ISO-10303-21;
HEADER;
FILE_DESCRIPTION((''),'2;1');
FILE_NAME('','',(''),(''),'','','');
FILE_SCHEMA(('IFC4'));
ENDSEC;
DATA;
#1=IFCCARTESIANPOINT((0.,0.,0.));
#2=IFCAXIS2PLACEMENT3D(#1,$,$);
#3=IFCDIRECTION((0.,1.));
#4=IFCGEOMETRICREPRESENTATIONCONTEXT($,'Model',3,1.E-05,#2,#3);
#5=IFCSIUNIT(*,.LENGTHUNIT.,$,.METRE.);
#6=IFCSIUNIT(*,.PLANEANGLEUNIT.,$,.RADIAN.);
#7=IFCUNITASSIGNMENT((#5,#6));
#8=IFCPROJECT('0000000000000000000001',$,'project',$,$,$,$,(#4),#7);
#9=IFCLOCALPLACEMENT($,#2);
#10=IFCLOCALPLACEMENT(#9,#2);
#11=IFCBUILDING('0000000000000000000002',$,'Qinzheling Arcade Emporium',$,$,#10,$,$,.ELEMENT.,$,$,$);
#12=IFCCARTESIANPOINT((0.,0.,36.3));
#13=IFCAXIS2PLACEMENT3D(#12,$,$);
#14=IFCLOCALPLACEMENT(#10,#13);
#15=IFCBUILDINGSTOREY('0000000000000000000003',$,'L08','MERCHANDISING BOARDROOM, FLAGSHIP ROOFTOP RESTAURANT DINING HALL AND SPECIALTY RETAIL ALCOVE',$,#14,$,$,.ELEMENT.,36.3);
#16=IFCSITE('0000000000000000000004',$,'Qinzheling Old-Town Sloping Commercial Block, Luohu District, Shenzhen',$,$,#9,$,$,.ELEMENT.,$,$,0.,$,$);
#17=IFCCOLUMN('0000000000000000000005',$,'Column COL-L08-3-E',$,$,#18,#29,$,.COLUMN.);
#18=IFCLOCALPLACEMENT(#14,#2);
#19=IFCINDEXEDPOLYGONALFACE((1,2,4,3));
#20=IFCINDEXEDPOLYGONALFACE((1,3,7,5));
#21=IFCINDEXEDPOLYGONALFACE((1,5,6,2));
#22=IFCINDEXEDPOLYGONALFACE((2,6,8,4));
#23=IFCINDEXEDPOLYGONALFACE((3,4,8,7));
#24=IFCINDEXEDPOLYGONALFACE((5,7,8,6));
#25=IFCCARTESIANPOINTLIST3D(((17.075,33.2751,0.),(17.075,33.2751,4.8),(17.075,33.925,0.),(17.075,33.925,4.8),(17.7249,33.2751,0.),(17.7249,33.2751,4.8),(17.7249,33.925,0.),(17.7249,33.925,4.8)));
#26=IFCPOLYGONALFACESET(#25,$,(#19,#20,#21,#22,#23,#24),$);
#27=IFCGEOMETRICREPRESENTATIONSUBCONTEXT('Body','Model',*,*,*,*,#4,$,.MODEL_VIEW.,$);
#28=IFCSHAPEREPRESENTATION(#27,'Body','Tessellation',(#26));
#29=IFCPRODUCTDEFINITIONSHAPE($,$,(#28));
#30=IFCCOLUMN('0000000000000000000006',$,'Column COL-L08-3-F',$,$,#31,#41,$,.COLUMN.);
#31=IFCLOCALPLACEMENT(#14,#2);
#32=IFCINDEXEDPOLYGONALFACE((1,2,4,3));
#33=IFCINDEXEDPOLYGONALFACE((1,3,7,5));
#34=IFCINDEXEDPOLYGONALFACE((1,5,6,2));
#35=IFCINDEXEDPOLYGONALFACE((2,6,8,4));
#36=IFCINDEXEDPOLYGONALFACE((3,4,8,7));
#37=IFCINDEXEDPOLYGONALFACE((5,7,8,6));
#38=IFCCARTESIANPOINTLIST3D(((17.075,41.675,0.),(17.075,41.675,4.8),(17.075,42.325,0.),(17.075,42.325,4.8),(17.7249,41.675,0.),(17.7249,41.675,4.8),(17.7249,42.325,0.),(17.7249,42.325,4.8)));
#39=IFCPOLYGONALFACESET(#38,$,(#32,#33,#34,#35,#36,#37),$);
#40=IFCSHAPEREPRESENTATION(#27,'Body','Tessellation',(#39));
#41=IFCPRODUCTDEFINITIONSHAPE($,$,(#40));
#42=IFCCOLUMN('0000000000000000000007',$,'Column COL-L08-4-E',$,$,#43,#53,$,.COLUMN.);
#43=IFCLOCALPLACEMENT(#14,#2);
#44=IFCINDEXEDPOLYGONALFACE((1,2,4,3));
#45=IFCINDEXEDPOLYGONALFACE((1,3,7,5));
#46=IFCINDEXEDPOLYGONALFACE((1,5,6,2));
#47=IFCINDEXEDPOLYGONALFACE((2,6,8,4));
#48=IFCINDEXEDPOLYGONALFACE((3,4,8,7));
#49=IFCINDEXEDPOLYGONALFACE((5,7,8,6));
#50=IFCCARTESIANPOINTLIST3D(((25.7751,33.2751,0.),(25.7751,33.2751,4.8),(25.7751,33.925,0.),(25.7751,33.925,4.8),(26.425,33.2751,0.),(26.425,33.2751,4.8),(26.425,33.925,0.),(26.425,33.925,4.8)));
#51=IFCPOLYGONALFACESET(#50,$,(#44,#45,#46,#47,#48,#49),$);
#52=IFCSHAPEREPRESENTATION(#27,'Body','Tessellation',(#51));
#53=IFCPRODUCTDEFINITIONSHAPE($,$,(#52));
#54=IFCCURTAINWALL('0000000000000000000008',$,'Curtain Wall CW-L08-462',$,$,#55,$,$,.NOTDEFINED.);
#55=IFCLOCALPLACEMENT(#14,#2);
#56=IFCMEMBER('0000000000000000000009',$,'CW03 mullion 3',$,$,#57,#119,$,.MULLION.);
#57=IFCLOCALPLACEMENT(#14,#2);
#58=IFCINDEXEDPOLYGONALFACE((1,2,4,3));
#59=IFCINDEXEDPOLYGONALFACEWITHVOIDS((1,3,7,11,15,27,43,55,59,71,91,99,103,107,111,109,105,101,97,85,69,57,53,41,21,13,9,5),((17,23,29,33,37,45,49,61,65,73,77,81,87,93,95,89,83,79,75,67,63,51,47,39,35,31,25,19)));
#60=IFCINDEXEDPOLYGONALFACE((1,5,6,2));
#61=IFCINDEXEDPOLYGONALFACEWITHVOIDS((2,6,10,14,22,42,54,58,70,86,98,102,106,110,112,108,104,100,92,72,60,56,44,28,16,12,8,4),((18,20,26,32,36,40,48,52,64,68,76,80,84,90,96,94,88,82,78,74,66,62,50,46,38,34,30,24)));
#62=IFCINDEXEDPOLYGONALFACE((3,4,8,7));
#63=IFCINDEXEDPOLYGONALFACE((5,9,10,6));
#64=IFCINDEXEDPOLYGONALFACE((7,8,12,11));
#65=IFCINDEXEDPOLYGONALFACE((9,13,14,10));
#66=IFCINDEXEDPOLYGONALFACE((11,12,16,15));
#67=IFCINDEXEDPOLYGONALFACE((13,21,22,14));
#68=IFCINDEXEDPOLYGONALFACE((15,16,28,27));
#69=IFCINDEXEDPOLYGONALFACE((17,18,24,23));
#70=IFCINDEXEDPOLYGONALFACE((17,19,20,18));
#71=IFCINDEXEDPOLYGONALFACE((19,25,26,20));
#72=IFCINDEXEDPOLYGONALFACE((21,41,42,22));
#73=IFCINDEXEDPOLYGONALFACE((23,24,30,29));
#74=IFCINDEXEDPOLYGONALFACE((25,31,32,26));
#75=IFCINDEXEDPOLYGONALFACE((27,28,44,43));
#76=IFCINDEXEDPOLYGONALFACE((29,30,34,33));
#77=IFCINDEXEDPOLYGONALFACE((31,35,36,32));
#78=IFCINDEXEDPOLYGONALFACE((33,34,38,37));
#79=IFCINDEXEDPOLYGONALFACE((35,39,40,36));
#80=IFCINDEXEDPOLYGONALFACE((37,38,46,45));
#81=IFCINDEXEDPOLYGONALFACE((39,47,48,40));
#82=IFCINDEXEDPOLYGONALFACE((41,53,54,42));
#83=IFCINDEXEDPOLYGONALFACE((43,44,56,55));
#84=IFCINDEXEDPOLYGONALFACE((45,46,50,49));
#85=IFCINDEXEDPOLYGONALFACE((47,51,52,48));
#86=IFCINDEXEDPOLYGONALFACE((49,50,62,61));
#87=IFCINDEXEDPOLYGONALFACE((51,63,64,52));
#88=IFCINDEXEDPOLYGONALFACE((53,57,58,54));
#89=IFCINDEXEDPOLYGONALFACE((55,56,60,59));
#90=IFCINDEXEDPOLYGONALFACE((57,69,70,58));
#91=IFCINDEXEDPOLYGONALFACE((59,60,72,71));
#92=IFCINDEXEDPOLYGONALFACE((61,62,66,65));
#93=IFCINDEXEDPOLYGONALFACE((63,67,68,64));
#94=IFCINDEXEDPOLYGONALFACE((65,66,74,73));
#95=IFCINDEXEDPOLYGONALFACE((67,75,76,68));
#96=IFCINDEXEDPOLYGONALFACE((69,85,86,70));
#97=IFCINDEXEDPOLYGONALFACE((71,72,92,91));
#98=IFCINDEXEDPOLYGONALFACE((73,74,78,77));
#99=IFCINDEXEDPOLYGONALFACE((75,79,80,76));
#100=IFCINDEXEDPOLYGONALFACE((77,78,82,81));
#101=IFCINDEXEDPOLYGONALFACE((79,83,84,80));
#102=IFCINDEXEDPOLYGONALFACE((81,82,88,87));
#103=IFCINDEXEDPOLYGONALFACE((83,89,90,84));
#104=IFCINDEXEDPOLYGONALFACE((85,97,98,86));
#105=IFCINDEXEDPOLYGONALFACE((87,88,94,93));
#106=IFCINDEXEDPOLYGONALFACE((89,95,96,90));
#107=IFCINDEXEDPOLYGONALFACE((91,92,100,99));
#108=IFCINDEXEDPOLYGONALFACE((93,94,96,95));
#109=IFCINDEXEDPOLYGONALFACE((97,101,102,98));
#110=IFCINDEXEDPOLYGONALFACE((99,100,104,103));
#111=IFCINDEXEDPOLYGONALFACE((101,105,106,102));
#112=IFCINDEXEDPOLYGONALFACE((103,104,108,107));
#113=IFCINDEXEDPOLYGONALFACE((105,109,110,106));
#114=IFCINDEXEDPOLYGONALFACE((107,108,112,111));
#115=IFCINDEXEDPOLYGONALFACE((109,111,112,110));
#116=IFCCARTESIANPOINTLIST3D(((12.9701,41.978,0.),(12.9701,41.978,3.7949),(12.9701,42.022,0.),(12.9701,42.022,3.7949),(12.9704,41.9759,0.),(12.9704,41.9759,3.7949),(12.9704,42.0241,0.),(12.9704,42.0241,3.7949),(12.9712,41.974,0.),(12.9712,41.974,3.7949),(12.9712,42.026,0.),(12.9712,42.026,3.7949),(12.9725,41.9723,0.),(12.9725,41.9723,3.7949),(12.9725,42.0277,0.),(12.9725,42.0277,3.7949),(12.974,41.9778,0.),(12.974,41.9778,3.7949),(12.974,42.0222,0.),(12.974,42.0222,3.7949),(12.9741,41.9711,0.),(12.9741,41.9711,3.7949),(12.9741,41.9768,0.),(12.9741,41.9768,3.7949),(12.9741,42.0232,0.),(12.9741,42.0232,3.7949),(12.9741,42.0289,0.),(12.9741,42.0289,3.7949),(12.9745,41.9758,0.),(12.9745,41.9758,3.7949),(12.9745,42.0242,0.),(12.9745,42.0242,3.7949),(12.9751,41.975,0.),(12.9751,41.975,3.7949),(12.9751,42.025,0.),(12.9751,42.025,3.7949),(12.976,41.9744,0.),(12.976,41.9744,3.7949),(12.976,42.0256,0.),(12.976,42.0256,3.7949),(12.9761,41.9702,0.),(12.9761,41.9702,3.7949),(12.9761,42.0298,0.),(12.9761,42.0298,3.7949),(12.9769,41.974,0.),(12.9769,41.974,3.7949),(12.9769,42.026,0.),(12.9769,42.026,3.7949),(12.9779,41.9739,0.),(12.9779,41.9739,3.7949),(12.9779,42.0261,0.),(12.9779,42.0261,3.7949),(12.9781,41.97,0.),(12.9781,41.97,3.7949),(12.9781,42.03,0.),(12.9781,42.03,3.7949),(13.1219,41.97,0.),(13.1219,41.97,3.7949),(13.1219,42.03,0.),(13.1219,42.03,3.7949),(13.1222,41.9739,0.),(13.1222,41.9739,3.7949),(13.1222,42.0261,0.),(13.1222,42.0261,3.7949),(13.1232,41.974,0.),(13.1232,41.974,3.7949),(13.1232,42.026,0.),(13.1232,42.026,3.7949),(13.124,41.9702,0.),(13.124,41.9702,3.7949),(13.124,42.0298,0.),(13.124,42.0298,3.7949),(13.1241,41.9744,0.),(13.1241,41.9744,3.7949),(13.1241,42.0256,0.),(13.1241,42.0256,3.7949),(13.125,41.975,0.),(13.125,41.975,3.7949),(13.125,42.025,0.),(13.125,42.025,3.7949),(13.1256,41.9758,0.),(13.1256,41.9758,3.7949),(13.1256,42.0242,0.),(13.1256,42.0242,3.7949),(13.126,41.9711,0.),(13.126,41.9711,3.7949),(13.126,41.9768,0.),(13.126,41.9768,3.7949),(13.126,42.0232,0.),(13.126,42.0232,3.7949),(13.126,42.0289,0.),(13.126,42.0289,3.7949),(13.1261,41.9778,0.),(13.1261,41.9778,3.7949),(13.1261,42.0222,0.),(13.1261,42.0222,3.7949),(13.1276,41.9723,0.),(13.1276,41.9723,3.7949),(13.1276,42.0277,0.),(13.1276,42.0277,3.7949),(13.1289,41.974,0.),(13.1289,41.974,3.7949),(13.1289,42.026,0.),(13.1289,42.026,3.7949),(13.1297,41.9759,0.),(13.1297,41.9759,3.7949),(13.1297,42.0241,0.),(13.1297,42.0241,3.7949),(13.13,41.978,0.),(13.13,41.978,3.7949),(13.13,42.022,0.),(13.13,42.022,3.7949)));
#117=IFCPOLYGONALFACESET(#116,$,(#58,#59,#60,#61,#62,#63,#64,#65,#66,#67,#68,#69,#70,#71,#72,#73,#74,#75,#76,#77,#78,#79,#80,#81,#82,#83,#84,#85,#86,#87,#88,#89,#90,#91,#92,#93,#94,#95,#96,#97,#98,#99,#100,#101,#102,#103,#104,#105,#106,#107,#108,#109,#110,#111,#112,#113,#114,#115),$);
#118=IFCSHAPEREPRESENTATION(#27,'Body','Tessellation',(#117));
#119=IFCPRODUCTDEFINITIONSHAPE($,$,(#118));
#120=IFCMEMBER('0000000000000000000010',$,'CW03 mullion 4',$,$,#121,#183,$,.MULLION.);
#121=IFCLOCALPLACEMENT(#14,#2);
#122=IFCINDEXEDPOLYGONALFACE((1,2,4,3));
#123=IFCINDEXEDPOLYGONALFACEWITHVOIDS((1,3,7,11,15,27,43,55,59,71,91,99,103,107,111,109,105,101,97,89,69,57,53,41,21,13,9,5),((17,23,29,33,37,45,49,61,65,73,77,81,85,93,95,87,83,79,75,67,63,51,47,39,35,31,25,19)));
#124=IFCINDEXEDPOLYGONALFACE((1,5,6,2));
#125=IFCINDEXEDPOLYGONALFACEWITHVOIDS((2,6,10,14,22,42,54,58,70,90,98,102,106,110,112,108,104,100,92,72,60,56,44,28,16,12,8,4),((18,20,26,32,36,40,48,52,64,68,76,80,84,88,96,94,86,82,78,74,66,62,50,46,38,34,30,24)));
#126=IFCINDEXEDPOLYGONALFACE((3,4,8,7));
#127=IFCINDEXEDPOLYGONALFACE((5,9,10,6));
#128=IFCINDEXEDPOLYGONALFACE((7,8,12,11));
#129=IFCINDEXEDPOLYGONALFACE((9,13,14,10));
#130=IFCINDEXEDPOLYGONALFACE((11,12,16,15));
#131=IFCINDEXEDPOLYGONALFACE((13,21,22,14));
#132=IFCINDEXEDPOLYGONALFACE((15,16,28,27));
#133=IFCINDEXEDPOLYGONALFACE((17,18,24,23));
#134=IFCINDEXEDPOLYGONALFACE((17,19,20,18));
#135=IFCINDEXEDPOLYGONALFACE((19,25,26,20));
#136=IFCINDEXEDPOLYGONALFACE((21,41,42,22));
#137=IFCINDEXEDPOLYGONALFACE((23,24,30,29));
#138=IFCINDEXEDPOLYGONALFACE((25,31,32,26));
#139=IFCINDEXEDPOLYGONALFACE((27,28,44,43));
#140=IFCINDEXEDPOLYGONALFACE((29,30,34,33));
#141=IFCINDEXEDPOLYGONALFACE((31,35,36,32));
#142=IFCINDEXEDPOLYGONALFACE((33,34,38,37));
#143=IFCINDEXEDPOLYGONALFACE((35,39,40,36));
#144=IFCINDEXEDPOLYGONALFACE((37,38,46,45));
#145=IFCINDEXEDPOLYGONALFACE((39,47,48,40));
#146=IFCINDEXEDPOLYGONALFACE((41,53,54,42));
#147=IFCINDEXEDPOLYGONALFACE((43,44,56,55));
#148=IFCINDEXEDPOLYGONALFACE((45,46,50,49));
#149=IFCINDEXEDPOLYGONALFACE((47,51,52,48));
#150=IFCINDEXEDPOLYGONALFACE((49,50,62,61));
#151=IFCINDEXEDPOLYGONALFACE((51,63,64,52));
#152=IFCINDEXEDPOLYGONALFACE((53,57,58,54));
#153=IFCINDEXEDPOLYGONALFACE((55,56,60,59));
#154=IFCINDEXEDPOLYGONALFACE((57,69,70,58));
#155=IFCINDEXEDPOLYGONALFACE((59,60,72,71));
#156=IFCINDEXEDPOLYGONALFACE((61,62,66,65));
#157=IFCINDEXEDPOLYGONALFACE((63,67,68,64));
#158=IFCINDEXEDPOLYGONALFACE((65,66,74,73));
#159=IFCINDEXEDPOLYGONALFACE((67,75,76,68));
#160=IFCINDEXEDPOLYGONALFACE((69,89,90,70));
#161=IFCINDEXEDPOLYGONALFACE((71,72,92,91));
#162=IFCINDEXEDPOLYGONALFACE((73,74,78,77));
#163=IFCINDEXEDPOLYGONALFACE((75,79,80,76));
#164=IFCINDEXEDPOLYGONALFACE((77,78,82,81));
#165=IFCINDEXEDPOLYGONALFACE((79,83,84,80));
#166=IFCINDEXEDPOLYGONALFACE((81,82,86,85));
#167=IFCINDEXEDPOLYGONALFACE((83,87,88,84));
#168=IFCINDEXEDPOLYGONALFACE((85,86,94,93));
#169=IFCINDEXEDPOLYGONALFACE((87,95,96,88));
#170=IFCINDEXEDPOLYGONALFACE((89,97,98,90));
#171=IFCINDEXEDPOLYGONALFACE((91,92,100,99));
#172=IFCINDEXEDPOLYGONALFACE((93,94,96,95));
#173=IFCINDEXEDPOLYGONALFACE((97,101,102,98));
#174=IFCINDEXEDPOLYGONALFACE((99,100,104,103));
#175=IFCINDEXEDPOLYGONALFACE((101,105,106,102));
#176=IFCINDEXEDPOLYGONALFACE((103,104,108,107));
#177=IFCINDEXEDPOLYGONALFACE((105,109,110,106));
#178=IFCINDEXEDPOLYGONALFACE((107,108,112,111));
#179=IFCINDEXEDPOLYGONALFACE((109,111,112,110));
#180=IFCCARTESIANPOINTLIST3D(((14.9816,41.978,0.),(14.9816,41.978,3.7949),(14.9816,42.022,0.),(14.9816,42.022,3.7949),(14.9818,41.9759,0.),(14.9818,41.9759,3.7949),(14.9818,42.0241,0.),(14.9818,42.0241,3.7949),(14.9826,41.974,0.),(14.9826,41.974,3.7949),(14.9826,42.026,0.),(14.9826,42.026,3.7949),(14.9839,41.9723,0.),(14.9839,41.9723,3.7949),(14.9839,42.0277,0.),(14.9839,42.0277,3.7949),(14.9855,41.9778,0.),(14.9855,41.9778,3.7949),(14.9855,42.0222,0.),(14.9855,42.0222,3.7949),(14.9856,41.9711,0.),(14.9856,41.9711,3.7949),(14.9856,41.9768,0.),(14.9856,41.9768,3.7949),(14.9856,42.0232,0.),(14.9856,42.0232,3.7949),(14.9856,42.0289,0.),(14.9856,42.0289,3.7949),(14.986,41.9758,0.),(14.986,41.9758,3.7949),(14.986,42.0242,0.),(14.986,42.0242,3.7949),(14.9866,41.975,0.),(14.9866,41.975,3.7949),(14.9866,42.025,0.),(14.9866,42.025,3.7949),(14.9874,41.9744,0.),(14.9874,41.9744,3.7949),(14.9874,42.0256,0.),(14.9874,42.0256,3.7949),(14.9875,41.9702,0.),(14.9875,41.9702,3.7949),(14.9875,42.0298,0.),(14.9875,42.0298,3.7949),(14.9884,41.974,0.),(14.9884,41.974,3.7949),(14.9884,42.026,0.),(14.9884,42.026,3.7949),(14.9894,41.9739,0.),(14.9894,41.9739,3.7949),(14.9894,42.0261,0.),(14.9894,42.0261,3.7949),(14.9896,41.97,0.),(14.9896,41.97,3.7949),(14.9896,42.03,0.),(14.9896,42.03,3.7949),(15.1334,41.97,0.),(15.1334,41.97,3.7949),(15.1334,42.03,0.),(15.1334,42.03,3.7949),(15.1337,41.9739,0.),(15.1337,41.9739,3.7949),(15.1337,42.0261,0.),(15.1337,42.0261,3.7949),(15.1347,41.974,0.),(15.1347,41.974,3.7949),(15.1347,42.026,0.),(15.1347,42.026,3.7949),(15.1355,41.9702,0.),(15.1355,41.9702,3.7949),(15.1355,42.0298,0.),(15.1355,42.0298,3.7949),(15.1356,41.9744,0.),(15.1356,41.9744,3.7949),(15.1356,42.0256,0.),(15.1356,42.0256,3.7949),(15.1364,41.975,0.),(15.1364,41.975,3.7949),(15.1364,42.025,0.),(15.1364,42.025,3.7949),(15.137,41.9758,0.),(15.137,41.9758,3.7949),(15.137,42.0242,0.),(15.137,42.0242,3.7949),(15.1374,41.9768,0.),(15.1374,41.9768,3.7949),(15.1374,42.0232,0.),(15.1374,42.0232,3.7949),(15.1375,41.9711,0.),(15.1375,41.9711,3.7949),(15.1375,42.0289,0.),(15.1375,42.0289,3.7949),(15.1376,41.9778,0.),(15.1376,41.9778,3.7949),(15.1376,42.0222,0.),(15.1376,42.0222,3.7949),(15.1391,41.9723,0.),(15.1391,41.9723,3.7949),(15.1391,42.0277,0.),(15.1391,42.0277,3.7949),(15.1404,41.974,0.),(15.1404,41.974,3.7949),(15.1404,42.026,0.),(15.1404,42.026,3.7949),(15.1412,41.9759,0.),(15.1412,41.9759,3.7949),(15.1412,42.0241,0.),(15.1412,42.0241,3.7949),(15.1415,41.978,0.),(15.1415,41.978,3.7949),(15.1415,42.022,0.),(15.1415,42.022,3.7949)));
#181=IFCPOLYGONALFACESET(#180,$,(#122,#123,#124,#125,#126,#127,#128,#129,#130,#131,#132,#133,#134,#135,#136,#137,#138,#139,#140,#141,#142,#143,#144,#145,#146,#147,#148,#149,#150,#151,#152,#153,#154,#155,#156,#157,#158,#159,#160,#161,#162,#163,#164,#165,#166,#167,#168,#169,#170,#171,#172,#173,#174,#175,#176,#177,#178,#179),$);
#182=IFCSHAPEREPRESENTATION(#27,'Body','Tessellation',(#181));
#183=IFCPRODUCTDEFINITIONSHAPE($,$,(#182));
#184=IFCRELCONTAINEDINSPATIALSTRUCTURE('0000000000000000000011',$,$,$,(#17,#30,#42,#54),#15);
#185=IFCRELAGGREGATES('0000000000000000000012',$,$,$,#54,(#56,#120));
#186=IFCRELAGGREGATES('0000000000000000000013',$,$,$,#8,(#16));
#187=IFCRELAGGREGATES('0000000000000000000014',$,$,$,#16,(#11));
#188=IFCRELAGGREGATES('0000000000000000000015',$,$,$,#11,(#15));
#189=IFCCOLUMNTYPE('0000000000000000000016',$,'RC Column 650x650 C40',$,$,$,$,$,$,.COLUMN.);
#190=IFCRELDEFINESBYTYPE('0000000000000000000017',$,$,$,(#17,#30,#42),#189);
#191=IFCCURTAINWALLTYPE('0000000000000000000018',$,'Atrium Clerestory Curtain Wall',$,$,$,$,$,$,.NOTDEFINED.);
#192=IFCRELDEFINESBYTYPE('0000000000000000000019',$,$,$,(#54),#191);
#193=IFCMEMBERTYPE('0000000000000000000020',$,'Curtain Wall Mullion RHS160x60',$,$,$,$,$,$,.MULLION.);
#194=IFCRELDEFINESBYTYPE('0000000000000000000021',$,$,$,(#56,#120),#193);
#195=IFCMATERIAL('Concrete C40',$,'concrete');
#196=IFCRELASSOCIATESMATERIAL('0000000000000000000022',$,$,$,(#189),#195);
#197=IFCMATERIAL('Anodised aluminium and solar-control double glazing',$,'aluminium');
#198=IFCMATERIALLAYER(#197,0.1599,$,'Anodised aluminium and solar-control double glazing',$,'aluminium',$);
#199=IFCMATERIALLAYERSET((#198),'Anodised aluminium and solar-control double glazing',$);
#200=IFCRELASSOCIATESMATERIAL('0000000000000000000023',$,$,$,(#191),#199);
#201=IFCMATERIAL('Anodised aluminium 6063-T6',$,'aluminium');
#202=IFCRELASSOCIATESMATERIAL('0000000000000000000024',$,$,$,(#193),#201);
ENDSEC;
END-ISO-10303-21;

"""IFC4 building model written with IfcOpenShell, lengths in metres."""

from ifc_helpers import new_model, si_unit, direction, frame, origin, origin_2d, place, context, subcontext, project, spatial, rectangle, hollow_rectangle, extrude, material, layer, layer_set, material_profile, profile_set, type_object, element, aggregate, save


model = new_model("IFC4")

# Units and contexts
model_context = context("Model", 3, precision=1e-05, world=origin(), true_north=direction((0.0, 1.0)))
body_context = subcontext(model_context, "Body", "Model", "MODEL_VIEW")
ifc_project = project(units=[si_unit("LENGTHUNIT", "METRE"), si_unit("PLANEANGLEUNIT", "RADIAN")], contexts=[model_context])

# Site, building, storey
site_placement = place(None, origin())
site = spatial("IfcSite", under=ifc_project, at=site_placement, Name="Qinzheling Old-Town Sloping Commercial Block, Luohu District, Shenzhen", CompositionType="ELEMENT", RefElevation=0.0)
building_placement = place(site_placement, origin())
building = spatial("IfcBuilding", under=site, at=building_placement, Name="Qinzheling Arcade Emporium", CompositionType="ELEMENT")
storey_placement = place(building_placement, frame((0.0, 0.0, 36.3)))
storey = spatial("IfcBuildingStorey", under=building, at=storey_placement, Name="L08", Description="MERCHANDISING BOARDROOM, FLAGSHIP ROOFTOP RESTAURANT DINING HALL AND SPECIALTY RETAIL ALCOVE", CompositionType="ELEMENT", Elevation=36.3)

# Columns
ifc_material_1 = material(Name="Concrete C40", Category="concrete")
ifc_material_profile_1 = material_profile(ifc_material_1, rectangle(XDim=0.6499, YDim=0.6499, at=origin_2d()), Name="RC 650x650", Category="concrete")
ifc_profile_set_1 = profile_set([ifc_material_profile_1], Name="Concrete C40")
column_type = type_object("IfcColumnType", Name="RC Column 650x650 C40", PredefinedType="COLUMN", material=ifc_profile_set_1)
for number, where, z_axis, x_axis, name in (
    (1, (17.3999, 33.6001, 0.0), (0.0, 0.0, 1.0), (1.0, 0.0, 0.0), "Column COL-L08-3-E"),
    (2, (17.3999, 42.0, 0.0), (0.0, 0.0, 1.0), (1.0, 0.0, 0.0), "Column COL-L08-3-F"),
    (3, (26.1001, 33.6001, 0.0), (0.0, 0.0, 1.0), (1.0, 0.0, 0.0), "Column COL-L08-4-E"),
):
    element("IfcColumn", number, at=place(storey_placement, frame(where, z_axis=z_axis, x_axis=x_axis)), inside=storey, type_object=column_type, Name=name, PredefinedType="COLUMN", context=body_context, shape_type="SweptSolid", body=[
        extrude(rectangle(XDim=0.6499, YDim=0.6499, at=origin_2d()), origin(), (0.0, 0.0, 1.0), 4.8),
    ])

# Curtain wall, members
ifc_material_2 = material(Name="Anodised aluminium and solar-control double glazing", Category="aluminium")
ifc_layer_1 = layer(ifc_material_2, 0.1599, Name="Anodised aluminium and solar-control double glazing", Category="aluminium")
ifc_layer_set_1 = layer_set([ifc_layer_1], Name="Anodised aluminium and solar-control double glazing")
curtain_wall_type = type_object("IfcCurtainWallType", Name="Atrium Clerestory Curtain Wall", PredefinedType="NOTDEFINED", material=ifc_layer_set_1)
curtain_wall_placement = place(storey_placement, origin())
curtain_wall = element("IfcCurtainWall", 4, at=curtain_wall_placement, inside=storey, type_object=curtain_wall_type, Name="Curtain Wall CW-L08-462", PredefinedType="NOTDEFINED")
ifc_material_3 = material(Name="Anodised aluminium 6063-T6", Category="aluminium")
ifc_material_profile_2 = material_profile(ifc_material_3, hollow_rectangle(XDim=0.0601, YDim=0.1599, WallThickness=0.0039, InnerFilletRadius=0.0039, OuterFilletRadius=0.0081, at=origin_2d()), Name="RHS 160x60x4", Category="aluminium")
ifc_profile_set_2 = profile_set([ifc_material_profile_2], Name="Anodised aluminium 6063-T6")
member_type_1 = type_object("IfcMemberType", Name="Curtain Wall Mullion RHS160x60", PredefinedType="MULLION", material=ifc_profile_set_2)
member_1_placement = place(storey_placement, frame((13.05, 42.0, 0.0), z_axis=(0.0, 0.0, 1.0), x_axis=(0.0, 1.0, 0.0)))
member_1 = element("IfcMember", 5, at=member_1_placement, type_object=member_type_1, Name="CW03 mullion 3", PredefinedType="MULLION", context=body_context, shape_type="SweptSolid", body=[
    extrude(hollow_rectangle(XDim=0.0601, YDim=0.1599, WallThickness=0.0039, InnerFilletRadius=0.0039, OuterFilletRadius=0.0081, at=origin_2d()), origin(), (0.0, 0.0, 1.0), 3.7949),
])
member_2_placement = place(storey_placement, frame((15.0615, 42.0, 0.0), z_axis=(0.0, 0.0, 1.0), x_axis=(0.0, 1.0, 0.0)))
member_2 = element("IfcMember", 6, at=member_2_placement, type_object=member_type_1, Name="CW03 mullion 4", PredefinedType="MULLION", context=body_context, shape_type="SweptSolid", body=[
    extrude(hollow_rectangle(XDim=0.0601, YDim=0.1599, WallThickness=0.0039, InnerFilletRadius=0.0039, OuterFilletRadius=0.0081, at=origin_2d()), origin(), (0.0, 0.0, 1.0), 3.7949),
])

aggregate(curtain_wall, [member_1, member_2])

save(model, "model.ifc")
